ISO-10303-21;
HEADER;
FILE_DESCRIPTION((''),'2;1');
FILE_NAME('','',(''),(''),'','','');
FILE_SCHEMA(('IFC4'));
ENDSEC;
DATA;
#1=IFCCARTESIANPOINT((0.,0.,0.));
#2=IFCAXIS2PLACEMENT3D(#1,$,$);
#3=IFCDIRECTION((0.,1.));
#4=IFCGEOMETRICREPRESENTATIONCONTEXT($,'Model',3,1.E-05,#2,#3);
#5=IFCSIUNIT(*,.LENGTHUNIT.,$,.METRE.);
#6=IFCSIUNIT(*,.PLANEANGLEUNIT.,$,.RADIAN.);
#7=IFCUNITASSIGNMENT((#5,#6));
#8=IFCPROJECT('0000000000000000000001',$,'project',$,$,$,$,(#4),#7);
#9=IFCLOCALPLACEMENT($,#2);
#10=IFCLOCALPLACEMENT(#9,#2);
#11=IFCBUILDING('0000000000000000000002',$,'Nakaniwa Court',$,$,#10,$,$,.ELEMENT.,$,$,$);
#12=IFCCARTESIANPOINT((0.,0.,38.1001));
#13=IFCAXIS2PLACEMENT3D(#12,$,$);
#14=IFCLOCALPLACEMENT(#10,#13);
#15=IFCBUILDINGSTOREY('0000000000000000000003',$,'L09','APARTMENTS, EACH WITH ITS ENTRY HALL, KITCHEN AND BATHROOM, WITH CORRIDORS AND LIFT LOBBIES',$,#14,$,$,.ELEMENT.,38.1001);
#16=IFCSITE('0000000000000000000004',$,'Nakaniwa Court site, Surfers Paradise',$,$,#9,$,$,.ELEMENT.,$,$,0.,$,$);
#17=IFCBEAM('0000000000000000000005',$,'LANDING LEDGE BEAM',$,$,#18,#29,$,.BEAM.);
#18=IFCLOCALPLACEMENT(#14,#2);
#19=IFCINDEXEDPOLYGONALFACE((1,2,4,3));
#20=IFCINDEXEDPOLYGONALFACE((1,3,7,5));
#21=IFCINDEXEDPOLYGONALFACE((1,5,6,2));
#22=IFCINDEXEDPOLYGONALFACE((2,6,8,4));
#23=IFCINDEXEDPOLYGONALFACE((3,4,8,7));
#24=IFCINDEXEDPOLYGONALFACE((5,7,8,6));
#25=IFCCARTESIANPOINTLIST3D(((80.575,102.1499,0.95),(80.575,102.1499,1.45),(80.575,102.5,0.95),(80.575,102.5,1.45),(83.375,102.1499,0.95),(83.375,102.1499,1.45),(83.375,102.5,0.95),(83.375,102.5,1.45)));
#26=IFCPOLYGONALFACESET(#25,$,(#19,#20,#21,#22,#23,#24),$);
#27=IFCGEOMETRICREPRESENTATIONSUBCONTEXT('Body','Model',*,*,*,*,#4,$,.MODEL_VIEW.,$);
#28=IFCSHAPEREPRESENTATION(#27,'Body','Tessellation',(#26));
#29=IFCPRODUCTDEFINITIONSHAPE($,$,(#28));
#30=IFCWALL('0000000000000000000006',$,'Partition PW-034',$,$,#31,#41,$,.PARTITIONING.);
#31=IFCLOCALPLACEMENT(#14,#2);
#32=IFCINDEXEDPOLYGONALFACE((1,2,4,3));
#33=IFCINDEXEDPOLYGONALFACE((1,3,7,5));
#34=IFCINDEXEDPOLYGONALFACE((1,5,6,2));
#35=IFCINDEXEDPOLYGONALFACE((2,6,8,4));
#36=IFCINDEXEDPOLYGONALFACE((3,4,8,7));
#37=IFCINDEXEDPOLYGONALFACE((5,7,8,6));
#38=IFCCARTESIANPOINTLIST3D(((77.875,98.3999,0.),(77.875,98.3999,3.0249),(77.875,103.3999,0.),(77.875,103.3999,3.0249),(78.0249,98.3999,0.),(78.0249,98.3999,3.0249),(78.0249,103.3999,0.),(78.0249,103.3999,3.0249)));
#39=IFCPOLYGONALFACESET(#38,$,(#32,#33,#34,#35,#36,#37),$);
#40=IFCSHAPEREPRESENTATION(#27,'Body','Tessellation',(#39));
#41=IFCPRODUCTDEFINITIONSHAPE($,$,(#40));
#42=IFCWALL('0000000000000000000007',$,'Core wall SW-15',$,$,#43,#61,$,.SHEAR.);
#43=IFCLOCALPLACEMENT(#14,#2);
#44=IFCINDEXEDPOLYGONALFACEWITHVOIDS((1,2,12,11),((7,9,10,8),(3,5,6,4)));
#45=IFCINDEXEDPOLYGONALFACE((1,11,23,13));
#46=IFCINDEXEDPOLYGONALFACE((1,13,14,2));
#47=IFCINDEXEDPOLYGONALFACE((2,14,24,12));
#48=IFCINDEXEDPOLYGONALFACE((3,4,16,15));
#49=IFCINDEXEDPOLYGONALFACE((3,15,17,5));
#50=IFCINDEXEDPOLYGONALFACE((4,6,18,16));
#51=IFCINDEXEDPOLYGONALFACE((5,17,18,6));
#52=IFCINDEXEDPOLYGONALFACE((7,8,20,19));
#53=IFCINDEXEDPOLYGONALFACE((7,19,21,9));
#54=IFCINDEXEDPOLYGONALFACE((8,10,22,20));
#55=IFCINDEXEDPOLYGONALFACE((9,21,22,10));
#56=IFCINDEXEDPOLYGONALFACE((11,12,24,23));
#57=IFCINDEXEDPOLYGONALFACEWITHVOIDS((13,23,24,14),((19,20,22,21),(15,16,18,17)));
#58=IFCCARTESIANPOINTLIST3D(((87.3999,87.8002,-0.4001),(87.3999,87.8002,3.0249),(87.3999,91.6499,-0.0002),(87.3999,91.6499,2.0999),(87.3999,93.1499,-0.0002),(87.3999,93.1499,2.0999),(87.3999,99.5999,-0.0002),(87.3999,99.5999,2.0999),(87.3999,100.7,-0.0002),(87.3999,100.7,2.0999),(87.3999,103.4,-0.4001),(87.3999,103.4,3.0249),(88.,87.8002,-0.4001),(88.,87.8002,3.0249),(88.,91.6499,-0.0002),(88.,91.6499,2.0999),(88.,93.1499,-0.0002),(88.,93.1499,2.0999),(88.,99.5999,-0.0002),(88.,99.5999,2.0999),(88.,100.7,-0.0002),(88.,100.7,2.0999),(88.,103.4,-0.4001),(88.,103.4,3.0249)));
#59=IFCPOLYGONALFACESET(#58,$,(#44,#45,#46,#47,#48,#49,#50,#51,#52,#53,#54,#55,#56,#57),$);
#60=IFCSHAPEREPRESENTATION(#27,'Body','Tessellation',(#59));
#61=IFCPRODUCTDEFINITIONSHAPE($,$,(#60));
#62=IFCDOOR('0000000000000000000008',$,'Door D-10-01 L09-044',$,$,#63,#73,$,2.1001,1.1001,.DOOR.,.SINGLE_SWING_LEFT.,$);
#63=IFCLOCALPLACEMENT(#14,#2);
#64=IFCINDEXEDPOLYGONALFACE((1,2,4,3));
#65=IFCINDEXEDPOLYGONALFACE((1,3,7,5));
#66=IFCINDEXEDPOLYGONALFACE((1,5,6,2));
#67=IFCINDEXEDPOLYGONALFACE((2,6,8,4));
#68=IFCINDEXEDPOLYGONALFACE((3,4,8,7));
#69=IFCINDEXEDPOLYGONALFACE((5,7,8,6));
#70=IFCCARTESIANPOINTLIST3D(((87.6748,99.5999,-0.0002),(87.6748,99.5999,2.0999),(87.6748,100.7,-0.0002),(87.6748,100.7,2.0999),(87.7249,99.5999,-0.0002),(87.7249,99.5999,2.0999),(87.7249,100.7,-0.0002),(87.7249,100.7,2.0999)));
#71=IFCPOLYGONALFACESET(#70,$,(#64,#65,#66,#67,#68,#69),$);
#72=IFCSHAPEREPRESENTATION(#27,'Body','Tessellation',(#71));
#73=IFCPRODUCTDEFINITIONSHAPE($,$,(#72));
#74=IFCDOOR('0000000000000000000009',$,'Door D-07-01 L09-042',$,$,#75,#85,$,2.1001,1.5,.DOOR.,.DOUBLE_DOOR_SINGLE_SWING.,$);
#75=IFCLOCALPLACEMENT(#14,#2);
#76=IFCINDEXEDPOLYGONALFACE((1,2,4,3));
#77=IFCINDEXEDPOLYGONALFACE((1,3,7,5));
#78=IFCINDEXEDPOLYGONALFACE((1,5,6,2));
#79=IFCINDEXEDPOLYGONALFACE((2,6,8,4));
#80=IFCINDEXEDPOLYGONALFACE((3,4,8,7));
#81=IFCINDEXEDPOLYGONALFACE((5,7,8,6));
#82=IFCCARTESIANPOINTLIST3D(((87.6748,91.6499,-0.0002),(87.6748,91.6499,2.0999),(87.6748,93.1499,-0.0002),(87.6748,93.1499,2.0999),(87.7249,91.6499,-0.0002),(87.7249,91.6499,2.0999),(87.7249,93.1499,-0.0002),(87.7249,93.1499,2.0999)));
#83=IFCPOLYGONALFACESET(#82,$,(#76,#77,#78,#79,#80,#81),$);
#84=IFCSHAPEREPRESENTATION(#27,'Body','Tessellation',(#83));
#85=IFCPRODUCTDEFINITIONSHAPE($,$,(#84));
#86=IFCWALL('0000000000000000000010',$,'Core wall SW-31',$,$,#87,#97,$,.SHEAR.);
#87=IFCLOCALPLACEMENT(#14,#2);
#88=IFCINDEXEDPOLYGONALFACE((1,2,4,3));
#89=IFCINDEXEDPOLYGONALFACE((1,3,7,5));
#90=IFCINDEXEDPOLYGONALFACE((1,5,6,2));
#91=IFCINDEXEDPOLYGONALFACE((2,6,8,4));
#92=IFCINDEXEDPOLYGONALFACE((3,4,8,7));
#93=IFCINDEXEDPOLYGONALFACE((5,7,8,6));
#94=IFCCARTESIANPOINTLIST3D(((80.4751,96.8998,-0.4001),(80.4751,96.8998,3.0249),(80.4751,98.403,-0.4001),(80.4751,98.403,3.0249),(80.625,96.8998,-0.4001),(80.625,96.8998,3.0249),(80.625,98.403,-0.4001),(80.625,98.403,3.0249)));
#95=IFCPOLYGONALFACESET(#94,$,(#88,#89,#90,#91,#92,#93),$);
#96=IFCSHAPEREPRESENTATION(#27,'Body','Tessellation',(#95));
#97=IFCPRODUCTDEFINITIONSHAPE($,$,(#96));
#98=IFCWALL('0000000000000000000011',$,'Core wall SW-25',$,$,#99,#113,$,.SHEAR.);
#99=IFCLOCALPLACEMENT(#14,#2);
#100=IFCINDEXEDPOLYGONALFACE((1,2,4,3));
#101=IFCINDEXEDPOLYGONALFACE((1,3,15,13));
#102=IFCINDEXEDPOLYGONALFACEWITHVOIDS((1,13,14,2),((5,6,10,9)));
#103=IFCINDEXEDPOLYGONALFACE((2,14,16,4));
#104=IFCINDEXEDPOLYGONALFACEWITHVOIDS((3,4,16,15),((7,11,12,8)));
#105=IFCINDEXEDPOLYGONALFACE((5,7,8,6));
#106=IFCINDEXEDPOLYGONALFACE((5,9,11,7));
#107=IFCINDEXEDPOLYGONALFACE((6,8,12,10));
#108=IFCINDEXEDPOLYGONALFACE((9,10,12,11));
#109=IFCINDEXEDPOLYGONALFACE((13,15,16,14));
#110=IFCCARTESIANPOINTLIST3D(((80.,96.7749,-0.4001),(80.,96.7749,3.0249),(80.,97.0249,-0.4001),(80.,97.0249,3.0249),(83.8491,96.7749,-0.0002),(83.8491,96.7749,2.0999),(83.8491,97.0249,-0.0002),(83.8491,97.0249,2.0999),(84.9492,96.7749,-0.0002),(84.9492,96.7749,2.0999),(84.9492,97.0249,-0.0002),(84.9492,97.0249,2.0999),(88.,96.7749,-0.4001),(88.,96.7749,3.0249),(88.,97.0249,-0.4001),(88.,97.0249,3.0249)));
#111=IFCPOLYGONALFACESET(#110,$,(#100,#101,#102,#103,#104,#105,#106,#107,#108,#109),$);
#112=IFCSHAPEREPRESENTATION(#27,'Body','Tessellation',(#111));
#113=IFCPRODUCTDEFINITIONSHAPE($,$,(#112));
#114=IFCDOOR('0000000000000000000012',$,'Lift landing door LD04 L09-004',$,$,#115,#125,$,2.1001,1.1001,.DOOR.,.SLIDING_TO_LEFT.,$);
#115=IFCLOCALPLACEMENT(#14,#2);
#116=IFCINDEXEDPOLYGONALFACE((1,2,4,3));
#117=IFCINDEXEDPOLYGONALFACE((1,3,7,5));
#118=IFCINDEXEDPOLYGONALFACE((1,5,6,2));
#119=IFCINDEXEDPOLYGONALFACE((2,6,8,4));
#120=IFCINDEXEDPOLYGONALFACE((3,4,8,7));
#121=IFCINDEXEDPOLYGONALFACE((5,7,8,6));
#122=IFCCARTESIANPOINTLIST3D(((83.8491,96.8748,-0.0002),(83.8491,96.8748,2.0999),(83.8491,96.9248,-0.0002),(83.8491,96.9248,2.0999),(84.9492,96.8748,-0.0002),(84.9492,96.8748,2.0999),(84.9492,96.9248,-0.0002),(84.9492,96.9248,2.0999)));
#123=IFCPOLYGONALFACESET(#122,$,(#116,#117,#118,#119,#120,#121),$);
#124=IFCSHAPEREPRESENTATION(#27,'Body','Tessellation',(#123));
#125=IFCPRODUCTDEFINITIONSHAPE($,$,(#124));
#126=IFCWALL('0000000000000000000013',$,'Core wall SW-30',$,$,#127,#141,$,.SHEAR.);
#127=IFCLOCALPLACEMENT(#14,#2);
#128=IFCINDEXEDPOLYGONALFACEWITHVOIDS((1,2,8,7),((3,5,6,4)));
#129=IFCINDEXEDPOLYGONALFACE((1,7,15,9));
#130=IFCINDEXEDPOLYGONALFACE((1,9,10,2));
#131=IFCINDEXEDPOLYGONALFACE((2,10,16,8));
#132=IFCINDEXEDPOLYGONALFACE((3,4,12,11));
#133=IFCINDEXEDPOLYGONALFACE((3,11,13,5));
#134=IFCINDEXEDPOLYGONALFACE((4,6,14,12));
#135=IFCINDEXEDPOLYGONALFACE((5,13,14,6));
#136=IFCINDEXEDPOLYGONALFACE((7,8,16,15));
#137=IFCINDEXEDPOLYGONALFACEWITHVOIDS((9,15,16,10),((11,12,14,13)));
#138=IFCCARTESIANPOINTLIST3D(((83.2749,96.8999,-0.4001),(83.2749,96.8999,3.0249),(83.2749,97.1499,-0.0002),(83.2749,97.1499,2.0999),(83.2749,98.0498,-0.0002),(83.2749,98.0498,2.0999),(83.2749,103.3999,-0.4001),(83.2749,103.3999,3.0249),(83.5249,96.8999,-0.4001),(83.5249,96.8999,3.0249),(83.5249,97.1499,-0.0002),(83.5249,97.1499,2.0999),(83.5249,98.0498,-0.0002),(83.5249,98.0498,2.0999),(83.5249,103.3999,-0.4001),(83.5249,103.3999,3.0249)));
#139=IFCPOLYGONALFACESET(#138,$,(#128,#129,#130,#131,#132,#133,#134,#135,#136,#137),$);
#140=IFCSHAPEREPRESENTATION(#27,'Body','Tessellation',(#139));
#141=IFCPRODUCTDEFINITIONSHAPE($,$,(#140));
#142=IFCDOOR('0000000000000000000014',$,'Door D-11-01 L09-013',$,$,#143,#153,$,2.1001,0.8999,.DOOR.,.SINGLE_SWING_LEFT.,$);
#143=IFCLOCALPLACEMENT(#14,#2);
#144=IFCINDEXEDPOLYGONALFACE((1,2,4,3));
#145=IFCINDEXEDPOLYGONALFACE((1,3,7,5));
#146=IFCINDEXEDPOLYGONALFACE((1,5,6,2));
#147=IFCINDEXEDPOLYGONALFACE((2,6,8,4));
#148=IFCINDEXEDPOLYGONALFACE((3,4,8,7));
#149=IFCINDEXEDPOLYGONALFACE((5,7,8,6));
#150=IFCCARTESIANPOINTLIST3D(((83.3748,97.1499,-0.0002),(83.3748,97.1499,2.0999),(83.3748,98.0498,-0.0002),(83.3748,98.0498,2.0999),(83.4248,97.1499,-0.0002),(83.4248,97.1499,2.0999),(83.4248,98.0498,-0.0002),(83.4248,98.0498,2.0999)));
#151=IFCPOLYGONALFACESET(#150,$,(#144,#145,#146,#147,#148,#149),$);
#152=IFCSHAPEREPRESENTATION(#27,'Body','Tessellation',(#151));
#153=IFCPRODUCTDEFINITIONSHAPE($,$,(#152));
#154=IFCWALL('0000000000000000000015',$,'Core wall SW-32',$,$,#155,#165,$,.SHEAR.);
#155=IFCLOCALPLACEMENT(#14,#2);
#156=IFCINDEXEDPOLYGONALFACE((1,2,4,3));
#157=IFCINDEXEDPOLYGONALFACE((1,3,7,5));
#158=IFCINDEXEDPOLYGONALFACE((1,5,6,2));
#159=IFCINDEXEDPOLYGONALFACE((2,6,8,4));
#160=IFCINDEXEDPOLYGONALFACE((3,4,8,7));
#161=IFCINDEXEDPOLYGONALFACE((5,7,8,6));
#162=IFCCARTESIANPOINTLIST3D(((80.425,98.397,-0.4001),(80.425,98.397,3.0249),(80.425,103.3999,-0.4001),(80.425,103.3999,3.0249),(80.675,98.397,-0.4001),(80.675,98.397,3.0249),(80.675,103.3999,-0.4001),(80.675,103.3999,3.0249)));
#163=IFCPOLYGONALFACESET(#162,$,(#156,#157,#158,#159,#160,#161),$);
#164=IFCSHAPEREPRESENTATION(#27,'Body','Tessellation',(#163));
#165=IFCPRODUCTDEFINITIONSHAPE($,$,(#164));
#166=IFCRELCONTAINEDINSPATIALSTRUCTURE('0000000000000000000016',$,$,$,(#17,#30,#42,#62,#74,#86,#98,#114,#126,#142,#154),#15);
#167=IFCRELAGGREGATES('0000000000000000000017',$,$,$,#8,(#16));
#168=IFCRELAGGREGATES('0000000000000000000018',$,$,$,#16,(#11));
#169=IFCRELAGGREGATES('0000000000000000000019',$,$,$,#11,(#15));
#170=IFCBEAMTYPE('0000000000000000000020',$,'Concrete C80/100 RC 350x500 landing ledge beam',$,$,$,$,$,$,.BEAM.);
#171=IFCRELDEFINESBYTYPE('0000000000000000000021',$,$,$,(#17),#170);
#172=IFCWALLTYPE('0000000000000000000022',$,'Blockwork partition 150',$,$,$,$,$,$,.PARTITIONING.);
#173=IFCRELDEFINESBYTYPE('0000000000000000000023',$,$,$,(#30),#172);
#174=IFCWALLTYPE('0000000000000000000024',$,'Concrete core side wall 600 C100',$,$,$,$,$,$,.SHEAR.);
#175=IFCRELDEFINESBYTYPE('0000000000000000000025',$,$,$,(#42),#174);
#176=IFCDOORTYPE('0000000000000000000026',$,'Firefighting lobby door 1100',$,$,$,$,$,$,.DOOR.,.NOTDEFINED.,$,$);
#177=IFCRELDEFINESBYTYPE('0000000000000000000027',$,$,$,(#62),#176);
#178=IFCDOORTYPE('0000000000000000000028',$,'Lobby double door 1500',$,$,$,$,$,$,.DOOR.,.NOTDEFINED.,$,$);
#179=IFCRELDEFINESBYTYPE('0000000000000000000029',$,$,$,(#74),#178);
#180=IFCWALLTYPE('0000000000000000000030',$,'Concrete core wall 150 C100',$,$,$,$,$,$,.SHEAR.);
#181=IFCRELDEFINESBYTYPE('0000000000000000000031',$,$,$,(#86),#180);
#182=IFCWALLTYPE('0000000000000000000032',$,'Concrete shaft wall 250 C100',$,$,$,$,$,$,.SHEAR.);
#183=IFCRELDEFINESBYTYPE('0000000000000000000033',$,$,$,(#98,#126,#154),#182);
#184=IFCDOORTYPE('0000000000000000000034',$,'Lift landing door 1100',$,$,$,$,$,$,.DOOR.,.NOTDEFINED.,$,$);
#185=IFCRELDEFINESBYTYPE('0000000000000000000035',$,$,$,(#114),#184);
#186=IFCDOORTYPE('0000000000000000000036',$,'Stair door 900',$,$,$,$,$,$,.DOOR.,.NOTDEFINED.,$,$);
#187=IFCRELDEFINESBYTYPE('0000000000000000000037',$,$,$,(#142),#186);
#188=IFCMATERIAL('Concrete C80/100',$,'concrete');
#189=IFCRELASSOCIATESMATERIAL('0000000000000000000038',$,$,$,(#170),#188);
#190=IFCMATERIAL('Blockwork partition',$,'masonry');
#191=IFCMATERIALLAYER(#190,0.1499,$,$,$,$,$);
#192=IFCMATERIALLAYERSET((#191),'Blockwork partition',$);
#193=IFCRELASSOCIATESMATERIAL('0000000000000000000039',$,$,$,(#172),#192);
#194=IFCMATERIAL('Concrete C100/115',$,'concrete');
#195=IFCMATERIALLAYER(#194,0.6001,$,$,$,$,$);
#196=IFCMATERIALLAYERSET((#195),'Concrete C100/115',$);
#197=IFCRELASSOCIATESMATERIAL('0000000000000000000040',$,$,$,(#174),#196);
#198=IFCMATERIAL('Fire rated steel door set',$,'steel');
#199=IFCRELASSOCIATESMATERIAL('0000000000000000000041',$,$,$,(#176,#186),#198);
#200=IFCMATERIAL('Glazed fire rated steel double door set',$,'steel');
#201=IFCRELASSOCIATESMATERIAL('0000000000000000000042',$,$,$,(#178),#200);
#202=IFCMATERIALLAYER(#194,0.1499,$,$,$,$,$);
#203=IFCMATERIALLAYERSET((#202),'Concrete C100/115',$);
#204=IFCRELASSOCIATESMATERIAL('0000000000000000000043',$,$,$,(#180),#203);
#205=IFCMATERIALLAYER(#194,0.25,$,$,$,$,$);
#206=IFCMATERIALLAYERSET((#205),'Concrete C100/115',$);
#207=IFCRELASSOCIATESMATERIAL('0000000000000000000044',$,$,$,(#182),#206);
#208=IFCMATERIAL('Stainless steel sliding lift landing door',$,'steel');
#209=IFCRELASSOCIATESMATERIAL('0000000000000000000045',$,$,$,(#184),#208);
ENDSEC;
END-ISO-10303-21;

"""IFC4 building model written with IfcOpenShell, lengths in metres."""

from ifc_helpers import new_model, si_unit, direction, frame, frame_2d, origin, origin_2d, place, context, subcontext, project, spatial, rectangle, extrude, material, layer, layer_set, material_profile, profile_set, type_object, element, fill, save


model = new_model("IFC4")

# Units and contexts
model_context = context("Model", 3, precision=1e-05, world=origin(), true_north=direction((0.0, 1.0)))
body_context = subcontext(model_context, "Body", "Model", "MODEL_VIEW")
ifc_project = project(units=[si_unit("LENGTHUNIT", "METRE"), si_unit("PLANEANGLEUNIT", "RADIAN")], contexts=[model_context])

# Site, building, storey
site_placement = place(None, origin())
site = spatial("IfcSite", under=ifc_project, at=site_placement, Name="Nakaniwa Court site, Surfers Paradise", CompositionType="ELEMENT", RefElevation=0.0)
building_placement = place(site_placement, origin())
building = spatial("IfcBuilding", under=site, at=building_placement, Name="Nakaniwa Court", CompositionType="ELEMENT")
storey_placement = place(building_placement, frame((0.0, 0.0, 38.1001)))
storey = spatial("IfcBuildingStorey", under=building, at=storey_placement, Name="L09", Description="APARTMENTS, EACH WITH ITS ENTRY HALL, KITCHEN AND BATHROOM, WITH CORRIDORS AND LIFT LOBBIES", CompositionType="ELEMENT", Elevation=38.1001)

# Beam
ifc_material_1 = material(Name="Concrete C80/100", Category="concrete")
ifc_material_profile = material_profile(ifc_material_1, rectangle(XDim=0.3501, YDim=0.5, at=origin_2d()), Name="Concrete C80/100 RC 350x500 landing ledge beam")
ifc_profile_set = profile_set([ifc_material_profile], Name="Concrete C80/100")
beam_type = type_object("IfcBeamType", Name="Concrete C80/100 RC 350x500 landing ledge beam", PredefinedType="BEAM", material=ifc_profile_set)
beam_placement = place(storey_placement, frame((80.575, 102.325, 1.2), z_axis=(1.0, 0.0, 0.0), x_axis=(0.0, 1.0, 0.0)))
element("IfcBeam", 1, at=beam_placement, inside=storey, type_object=beam_type, Name="LANDING LEDGE BEAM", PredefinedType="BEAM", context=body_context, shape_type="SweptSolid", body=[
    extrude(rectangle(XDim=0.3501, YDim=0.5, at=origin_2d()), origin(), (0.0, 0.0, 1.0), 2.8),
])

# Wall
ifc_material_2 = material(Name="Blockwork partition", Category="masonry")
ifc_layer_1 = layer(ifc_material_2, 0.1499)
ifc_layer_set_1 = layer_set([ifc_layer_1], Name="Blockwork partition")
wall_type_1 = type_object("IfcWallType", Name="Blockwork partition 150", PredefinedType="PARTITIONING", material=ifc_layer_set_1)
wall_1_placement = place(storey_placement, frame((77.95, 98.3999, 0.0), z_axis=(0.0, 0.0, 1.0), x_axis=(0.0, 1.0, 0.0)))
element("IfcWall", 2, at=wall_1_placement, inside=storey, type_object=wall_type_1, Name="Partition PW-034", PredefinedType="PARTITIONING", context=body_context, shape_type="SweptSolid", body=[
    extrude(rectangle(XDim=5.0, YDim=0.1499, at=frame_2d((2.5, 0.0))), origin(), (0.0, 0.0, 1.0), 3.0249),
])

# Wall, openings, doors
ifc_material_3 = material(Name="Concrete C100/115", Category="concrete")
ifc_layer_2 = layer(ifc_material_3, 0.6001)
ifc_layer_set_2 = layer_set([ifc_layer_2], Name="Concrete C100/115")
wall_type_2 = type_object("IfcWallType", Name="Concrete core side wall 600 C100", PredefinedType="SHEAR", material=ifc_layer_set_2)
wall_2_placement = place(storey_placement, frame((87.7, 103.3999, -0.4001), z_axis=(0.0, 0.0, 1.0), x_axis=(0.0, -1.0, 0.0)))
wall_2 = element("IfcWall", 3, at=wall_2_placement, inside=storey, type_object=wall_type_2, Name="Core wall SW-15", PredefinedType="SHEAR", context=body_context, shape_type="SweptSolid", body=[
    extrude(rectangle(XDim=15.5999, YDim=0.6001, at=frame_2d((7.7998, 0.0))), origin(), (0.0, 0.0, 1.0), 3.425),
])
opening_1_placement = place(wall_2_placement, frame((10.25, 0.0, 0.3999)))
opening_1 = element("IfcOpeningElement", 4, at=opening_1_placement, cuts=wall_2, PredefinedType="OPENING", context=body_context, shape_type="SweptSolid", body=[
    extrude(rectangle(XDim=1.5, YDim=2.1001, at=frame_2d((0.75, 1.05))), frame((0.0, 0.3101, 0.0), z_axis=(0.0, -1.0, 0.0), x_axis=(1.0, 0.0, 0.0)), (0.0, 0.0, 1.0), 0.6201),
])
opening_2_placement = place(wall_2_placement, frame((2.7, 0.0, 0.3999)))
opening_2 = element("IfcOpeningElement", 5, at=opening_2_placement, cuts=wall_2, PredefinedType="OPENING", context=body_context, shape_type="SweptSolid", body=[
    extrude(rectangle(XDim=1.1001, YDim=2.1001, at=frame_2d((0.55, 1.05))), frame((0.0, 0.3101, 0.0), z_axis=(0.0, -1.0, 0.0), x_axis=(1.0, 0.0, 0.0)), (0.0, 0.0, 1.0), 0.6201),
])
ifc_material_4 = material(Name="Fire rated steel door set", Category="steel")
door_type_1 = type_object("IfcDoorType", Name="Firefighting lobby door 1100", OperationType="NOTDEFINED", PredefinedType="DOOR", material=ifc_material_4)
door_1_placement = place(opening_2_placement, origin())
door_1 = element("IfcDoor", 6, at=door_1_placement, inside=storey, type_object=door_type_1, Name="Door D-10-01 L09-044", OperationType="SINGLE_SWING_LEFT", OverallHeight=2.1001, OverallWidth=1.1001, PredefinedType="DOOR", context=body_context, shape_type="SweptSolid", body=[
    extrude(rectangle(XDim=1.1001, YDim=2.1001, at=frame_2d((0.55, 1.05))), frame((0.0, 0.0249, 0.0), z_axis=(0.0, -1.0, 0.0), x_axis=(1.0, 0.0, 0.0)), (0.0, 0.0, 1.0), 0.05),
])
fill(opening_2, door_1)
ifc_material_5 = material(Name="Glazed fire rated steel double door set", Category="steel")
door_type_2 = type_object("IfcDoorType", Name="Lobby double door 1500", OperationType="NOTDEFINED", PredefinedType="DOOR", material=ifc_material_5)
door_2_placement = place(opening_1_placement, origin())
door_2 = element("IfcDoor", 7, at=door_2_placement, inside=storey, type_object=door_type_2, Name="Door D-07-01 L09-042", OperationType="DOUBLE_DOOR_SINGLE_SWING", OverallHeight=2.1001, OverallWidth=1.5, PredefinedType="DOOR", context=body_context, shape_type="SweptSolid", body=[
    extrude(rectangle(XDim=1.5, YDim=2.1001, at=frame_2d((0.75, 1.05))), frame((0.0, 0.0249, 0.0), z_axis=(0.0, -1.0, 0.0), x_axis=(1.0, 0.0, 0.0)), (0.0, 0.0, 1.0), 0.05),
])
fill(opening_1, door_2)

# Wall
ifc_layer_3 = layer(ifc_material_3, 0.1499)
ifc_layer_set_3 = layer_set([ifc_layer_3], Name="Concrete C100/115")
wall_type_3 = type_object("IfcWallType", Name="Concrete core wall 150 C100", PredefinedType="SHEAR", material=ifc_layer_set_3)
wall_3_placement = place(storey_placement, frame((80.55, 96.8999, -0.4001), z_axis=(0.0, 0.0, 1.0), x_axis=(0.0, 1.0, 0.0)))
element("IfcWall", 8, at=wall_3_placement, inside=storey, type_object=wall_type_3, Name="Core wall SW-31", PredefinedType="SHEAR", context=body_context, shape_type="SweptSolid", body=[
    extrude(rectangle(XDim=1.5032, YDim=0.1499, at=frame_2d((0.7515, 0.0))), origin(), (0.0, 0.0, 1.0), 3.425),
])

# Walls, openings, doors
ifc_layer_4 = layer(ifc_material_3, 0.25)
ifc_layer_set_4 = layer_set([ifc_layer_4], Name="Concrete C100/115")
wall_type_4 = type_object("IfcWallType", Name="Concrete shaft wall 250 C100", PredefinedType="SHEAR", material=ifc_layer_set_4)
wall_4_placement = place(storey_placement, frame((80.0, 96.8999, -0.4001), z_axis=(0.0, 0.0, 1.0), x_axis=(1.0, 0.0, 0.0)))
wall_4 = element("IfcWall", 9, at=wall_4_placement, inside=storey, type_object=wall_type_4, Name="Core wall SW-25", PredefinedType="SHEAR", context=body_context, shape_type="SweptSolid", body=[
    extrude(rectangle(XDim=8.0, YDim=0.25, at=frame_2d((4.0, 0.0))), origin(), (0.0, 0.0, 1.0), 3.425),
])
opening_3_placement = place(wall_4_placement, frame((3.8491, 0.0, 0.3999)))
opening_3 = element("IfcOpeningElement", 10, at=opening_3_placement, cuts=wall_4, PredefinedType="OPENING", context=body_context, shape_type="SweptSolid", body=[
    extrude(rectangle(XDim=1.1001, YDim=2.1001, at=frame_2d((0.55, 1.05))), frame((0.0, 0.135, 0.0), z_axis=(0.0, -1.0, 0.0), x_axis=(1.0, 0.0, 0.0)), (0.0, 0.0, 1.0), 0.27),
])
ifc_material_6 = material(Name="Stainless steel sliding lift landing door", Category="steel")
door_type_3 = type_object("IfcDoorType", Name="Lift landing door 1100", OperationType="NOTDEFINED", PredefinedType="DOOR", material=ifc_material_6)
door_3_placement = place(opening_3_placement, origin())
door_3 = element("IfcDoor", 11, at=door_3_placement, inside=storey, type_object=door_type_3, Name="Lift landing door LD04 L09-004", OperationType="SLIDING_TO_LEFT", OverallHeight=2.1001, OverallWidth=1.1001, PredefinedType="DOOR", context=body_context, shape_type="SweptSolid", body=[
    extrude(rectangle(XDim=1.1001, YDim=2.1001, at=frame_2d((0.55, 1.05))), frame((0.0, 0.0249, 0.0), z_axis=(0.0, -1.0, 0.0), x_axis=(1.0, 0.0, 0.0)), (0.0, 0.0, 1.0), 0.05),
])
fill(opening_3, door_3)
wall_5_placement = place(storey_placement, frame((83.3999, 103.3999, -0.4001), z_axis=(0.0, 0.0, 1.0), x_axis=(0.0, -1.0, 0.0)))
wall_5 = element("IfcWall", 12, at=wall_5_placement, inside=storey, type_object=wall_type_4, Name="Core wall SW-30", PredefinedType="SHEAR", context=body_context, shape_type="SweptSolid", body=[
    extrude(rectangle(XDim=6.5, YDim=0.25, at=frame_2d((3.25, 0.0))), origin(), (0.0, 0.0, 1.0), 3.425),
])
opening_4_placement = place(wall_5_placement, frame((5.3501, 0.0, 0.3999)))
opening_4 = element("IfcOpeningElement", 13, at=opening_4_placement, cuts=wall_5, PredefinedType="OPENING", context=body_context, shape_type="SweptSolid", body=[
    extrude(rectangle(XDim=0.8999, YDim=2.1001, at=frame_2d((0.45, 1.05))), frame((0.0, 0.135, 0.0), z_axis=(0.0, -1.0, 0.0), x_axis=(1.0, 0.0, 0.0)), (0.0, 0.0, 1.0), 0.27),
])
door_type_4 = type_object("IfcDoorType", Name="Stair door 900", OperationType="NOTDEFINED", PredefinedType="DOOR", material=ifc_material_4)
door_4_placement = place(opening_4_placement, origin())
door_4 = element("IfcDoor", 14, at=door_4_placement, inside=storey, type_object=door_type_4, Name="Door D-11-01 L09-013", OperationType="SINGLE_SWING_LEFT", OverallHeight=2.1001, OverallWidth=0.8999, PredefinedType="DOOR", context=body_context, shape_type="SweptSolid", body=[
    extrude(rectangle(XDim=0.8999, YDim=2.1001, at=frame_2d((0.45, 1.05))), frame((0.0, 0.0249, 0.0), z_axis=(0.0, -1.0, 0.0), x_axis=(1.0, 0.0, 0.0)), (0.0, 0.0, 1.0), 0.05),
])
fill(opening_4, door_4)

# Wall
wall_6_placement = place(storey_placement, frame((80.55, 98.397, -0.4001), z_axis=(0.0, 0.0, 1.0), x_axis=(0.0, 1.0, 0.0)))
element("IfcWall", 15, at=wall_6_placement, inside=storey, type_object=wall_type_4, Name="Core wall SW-32", PredefinedType="SHEAR", context=body_context, shape_type="SweptSolid", body=[
    extrude(rectangle(XDim=5.0029, YDim=0.25, at=frame_2d((2.5015, 0.0))), origin(), (0.0, 0.0, 1.0), 3.425),
])

save(model, "model.ifc")
